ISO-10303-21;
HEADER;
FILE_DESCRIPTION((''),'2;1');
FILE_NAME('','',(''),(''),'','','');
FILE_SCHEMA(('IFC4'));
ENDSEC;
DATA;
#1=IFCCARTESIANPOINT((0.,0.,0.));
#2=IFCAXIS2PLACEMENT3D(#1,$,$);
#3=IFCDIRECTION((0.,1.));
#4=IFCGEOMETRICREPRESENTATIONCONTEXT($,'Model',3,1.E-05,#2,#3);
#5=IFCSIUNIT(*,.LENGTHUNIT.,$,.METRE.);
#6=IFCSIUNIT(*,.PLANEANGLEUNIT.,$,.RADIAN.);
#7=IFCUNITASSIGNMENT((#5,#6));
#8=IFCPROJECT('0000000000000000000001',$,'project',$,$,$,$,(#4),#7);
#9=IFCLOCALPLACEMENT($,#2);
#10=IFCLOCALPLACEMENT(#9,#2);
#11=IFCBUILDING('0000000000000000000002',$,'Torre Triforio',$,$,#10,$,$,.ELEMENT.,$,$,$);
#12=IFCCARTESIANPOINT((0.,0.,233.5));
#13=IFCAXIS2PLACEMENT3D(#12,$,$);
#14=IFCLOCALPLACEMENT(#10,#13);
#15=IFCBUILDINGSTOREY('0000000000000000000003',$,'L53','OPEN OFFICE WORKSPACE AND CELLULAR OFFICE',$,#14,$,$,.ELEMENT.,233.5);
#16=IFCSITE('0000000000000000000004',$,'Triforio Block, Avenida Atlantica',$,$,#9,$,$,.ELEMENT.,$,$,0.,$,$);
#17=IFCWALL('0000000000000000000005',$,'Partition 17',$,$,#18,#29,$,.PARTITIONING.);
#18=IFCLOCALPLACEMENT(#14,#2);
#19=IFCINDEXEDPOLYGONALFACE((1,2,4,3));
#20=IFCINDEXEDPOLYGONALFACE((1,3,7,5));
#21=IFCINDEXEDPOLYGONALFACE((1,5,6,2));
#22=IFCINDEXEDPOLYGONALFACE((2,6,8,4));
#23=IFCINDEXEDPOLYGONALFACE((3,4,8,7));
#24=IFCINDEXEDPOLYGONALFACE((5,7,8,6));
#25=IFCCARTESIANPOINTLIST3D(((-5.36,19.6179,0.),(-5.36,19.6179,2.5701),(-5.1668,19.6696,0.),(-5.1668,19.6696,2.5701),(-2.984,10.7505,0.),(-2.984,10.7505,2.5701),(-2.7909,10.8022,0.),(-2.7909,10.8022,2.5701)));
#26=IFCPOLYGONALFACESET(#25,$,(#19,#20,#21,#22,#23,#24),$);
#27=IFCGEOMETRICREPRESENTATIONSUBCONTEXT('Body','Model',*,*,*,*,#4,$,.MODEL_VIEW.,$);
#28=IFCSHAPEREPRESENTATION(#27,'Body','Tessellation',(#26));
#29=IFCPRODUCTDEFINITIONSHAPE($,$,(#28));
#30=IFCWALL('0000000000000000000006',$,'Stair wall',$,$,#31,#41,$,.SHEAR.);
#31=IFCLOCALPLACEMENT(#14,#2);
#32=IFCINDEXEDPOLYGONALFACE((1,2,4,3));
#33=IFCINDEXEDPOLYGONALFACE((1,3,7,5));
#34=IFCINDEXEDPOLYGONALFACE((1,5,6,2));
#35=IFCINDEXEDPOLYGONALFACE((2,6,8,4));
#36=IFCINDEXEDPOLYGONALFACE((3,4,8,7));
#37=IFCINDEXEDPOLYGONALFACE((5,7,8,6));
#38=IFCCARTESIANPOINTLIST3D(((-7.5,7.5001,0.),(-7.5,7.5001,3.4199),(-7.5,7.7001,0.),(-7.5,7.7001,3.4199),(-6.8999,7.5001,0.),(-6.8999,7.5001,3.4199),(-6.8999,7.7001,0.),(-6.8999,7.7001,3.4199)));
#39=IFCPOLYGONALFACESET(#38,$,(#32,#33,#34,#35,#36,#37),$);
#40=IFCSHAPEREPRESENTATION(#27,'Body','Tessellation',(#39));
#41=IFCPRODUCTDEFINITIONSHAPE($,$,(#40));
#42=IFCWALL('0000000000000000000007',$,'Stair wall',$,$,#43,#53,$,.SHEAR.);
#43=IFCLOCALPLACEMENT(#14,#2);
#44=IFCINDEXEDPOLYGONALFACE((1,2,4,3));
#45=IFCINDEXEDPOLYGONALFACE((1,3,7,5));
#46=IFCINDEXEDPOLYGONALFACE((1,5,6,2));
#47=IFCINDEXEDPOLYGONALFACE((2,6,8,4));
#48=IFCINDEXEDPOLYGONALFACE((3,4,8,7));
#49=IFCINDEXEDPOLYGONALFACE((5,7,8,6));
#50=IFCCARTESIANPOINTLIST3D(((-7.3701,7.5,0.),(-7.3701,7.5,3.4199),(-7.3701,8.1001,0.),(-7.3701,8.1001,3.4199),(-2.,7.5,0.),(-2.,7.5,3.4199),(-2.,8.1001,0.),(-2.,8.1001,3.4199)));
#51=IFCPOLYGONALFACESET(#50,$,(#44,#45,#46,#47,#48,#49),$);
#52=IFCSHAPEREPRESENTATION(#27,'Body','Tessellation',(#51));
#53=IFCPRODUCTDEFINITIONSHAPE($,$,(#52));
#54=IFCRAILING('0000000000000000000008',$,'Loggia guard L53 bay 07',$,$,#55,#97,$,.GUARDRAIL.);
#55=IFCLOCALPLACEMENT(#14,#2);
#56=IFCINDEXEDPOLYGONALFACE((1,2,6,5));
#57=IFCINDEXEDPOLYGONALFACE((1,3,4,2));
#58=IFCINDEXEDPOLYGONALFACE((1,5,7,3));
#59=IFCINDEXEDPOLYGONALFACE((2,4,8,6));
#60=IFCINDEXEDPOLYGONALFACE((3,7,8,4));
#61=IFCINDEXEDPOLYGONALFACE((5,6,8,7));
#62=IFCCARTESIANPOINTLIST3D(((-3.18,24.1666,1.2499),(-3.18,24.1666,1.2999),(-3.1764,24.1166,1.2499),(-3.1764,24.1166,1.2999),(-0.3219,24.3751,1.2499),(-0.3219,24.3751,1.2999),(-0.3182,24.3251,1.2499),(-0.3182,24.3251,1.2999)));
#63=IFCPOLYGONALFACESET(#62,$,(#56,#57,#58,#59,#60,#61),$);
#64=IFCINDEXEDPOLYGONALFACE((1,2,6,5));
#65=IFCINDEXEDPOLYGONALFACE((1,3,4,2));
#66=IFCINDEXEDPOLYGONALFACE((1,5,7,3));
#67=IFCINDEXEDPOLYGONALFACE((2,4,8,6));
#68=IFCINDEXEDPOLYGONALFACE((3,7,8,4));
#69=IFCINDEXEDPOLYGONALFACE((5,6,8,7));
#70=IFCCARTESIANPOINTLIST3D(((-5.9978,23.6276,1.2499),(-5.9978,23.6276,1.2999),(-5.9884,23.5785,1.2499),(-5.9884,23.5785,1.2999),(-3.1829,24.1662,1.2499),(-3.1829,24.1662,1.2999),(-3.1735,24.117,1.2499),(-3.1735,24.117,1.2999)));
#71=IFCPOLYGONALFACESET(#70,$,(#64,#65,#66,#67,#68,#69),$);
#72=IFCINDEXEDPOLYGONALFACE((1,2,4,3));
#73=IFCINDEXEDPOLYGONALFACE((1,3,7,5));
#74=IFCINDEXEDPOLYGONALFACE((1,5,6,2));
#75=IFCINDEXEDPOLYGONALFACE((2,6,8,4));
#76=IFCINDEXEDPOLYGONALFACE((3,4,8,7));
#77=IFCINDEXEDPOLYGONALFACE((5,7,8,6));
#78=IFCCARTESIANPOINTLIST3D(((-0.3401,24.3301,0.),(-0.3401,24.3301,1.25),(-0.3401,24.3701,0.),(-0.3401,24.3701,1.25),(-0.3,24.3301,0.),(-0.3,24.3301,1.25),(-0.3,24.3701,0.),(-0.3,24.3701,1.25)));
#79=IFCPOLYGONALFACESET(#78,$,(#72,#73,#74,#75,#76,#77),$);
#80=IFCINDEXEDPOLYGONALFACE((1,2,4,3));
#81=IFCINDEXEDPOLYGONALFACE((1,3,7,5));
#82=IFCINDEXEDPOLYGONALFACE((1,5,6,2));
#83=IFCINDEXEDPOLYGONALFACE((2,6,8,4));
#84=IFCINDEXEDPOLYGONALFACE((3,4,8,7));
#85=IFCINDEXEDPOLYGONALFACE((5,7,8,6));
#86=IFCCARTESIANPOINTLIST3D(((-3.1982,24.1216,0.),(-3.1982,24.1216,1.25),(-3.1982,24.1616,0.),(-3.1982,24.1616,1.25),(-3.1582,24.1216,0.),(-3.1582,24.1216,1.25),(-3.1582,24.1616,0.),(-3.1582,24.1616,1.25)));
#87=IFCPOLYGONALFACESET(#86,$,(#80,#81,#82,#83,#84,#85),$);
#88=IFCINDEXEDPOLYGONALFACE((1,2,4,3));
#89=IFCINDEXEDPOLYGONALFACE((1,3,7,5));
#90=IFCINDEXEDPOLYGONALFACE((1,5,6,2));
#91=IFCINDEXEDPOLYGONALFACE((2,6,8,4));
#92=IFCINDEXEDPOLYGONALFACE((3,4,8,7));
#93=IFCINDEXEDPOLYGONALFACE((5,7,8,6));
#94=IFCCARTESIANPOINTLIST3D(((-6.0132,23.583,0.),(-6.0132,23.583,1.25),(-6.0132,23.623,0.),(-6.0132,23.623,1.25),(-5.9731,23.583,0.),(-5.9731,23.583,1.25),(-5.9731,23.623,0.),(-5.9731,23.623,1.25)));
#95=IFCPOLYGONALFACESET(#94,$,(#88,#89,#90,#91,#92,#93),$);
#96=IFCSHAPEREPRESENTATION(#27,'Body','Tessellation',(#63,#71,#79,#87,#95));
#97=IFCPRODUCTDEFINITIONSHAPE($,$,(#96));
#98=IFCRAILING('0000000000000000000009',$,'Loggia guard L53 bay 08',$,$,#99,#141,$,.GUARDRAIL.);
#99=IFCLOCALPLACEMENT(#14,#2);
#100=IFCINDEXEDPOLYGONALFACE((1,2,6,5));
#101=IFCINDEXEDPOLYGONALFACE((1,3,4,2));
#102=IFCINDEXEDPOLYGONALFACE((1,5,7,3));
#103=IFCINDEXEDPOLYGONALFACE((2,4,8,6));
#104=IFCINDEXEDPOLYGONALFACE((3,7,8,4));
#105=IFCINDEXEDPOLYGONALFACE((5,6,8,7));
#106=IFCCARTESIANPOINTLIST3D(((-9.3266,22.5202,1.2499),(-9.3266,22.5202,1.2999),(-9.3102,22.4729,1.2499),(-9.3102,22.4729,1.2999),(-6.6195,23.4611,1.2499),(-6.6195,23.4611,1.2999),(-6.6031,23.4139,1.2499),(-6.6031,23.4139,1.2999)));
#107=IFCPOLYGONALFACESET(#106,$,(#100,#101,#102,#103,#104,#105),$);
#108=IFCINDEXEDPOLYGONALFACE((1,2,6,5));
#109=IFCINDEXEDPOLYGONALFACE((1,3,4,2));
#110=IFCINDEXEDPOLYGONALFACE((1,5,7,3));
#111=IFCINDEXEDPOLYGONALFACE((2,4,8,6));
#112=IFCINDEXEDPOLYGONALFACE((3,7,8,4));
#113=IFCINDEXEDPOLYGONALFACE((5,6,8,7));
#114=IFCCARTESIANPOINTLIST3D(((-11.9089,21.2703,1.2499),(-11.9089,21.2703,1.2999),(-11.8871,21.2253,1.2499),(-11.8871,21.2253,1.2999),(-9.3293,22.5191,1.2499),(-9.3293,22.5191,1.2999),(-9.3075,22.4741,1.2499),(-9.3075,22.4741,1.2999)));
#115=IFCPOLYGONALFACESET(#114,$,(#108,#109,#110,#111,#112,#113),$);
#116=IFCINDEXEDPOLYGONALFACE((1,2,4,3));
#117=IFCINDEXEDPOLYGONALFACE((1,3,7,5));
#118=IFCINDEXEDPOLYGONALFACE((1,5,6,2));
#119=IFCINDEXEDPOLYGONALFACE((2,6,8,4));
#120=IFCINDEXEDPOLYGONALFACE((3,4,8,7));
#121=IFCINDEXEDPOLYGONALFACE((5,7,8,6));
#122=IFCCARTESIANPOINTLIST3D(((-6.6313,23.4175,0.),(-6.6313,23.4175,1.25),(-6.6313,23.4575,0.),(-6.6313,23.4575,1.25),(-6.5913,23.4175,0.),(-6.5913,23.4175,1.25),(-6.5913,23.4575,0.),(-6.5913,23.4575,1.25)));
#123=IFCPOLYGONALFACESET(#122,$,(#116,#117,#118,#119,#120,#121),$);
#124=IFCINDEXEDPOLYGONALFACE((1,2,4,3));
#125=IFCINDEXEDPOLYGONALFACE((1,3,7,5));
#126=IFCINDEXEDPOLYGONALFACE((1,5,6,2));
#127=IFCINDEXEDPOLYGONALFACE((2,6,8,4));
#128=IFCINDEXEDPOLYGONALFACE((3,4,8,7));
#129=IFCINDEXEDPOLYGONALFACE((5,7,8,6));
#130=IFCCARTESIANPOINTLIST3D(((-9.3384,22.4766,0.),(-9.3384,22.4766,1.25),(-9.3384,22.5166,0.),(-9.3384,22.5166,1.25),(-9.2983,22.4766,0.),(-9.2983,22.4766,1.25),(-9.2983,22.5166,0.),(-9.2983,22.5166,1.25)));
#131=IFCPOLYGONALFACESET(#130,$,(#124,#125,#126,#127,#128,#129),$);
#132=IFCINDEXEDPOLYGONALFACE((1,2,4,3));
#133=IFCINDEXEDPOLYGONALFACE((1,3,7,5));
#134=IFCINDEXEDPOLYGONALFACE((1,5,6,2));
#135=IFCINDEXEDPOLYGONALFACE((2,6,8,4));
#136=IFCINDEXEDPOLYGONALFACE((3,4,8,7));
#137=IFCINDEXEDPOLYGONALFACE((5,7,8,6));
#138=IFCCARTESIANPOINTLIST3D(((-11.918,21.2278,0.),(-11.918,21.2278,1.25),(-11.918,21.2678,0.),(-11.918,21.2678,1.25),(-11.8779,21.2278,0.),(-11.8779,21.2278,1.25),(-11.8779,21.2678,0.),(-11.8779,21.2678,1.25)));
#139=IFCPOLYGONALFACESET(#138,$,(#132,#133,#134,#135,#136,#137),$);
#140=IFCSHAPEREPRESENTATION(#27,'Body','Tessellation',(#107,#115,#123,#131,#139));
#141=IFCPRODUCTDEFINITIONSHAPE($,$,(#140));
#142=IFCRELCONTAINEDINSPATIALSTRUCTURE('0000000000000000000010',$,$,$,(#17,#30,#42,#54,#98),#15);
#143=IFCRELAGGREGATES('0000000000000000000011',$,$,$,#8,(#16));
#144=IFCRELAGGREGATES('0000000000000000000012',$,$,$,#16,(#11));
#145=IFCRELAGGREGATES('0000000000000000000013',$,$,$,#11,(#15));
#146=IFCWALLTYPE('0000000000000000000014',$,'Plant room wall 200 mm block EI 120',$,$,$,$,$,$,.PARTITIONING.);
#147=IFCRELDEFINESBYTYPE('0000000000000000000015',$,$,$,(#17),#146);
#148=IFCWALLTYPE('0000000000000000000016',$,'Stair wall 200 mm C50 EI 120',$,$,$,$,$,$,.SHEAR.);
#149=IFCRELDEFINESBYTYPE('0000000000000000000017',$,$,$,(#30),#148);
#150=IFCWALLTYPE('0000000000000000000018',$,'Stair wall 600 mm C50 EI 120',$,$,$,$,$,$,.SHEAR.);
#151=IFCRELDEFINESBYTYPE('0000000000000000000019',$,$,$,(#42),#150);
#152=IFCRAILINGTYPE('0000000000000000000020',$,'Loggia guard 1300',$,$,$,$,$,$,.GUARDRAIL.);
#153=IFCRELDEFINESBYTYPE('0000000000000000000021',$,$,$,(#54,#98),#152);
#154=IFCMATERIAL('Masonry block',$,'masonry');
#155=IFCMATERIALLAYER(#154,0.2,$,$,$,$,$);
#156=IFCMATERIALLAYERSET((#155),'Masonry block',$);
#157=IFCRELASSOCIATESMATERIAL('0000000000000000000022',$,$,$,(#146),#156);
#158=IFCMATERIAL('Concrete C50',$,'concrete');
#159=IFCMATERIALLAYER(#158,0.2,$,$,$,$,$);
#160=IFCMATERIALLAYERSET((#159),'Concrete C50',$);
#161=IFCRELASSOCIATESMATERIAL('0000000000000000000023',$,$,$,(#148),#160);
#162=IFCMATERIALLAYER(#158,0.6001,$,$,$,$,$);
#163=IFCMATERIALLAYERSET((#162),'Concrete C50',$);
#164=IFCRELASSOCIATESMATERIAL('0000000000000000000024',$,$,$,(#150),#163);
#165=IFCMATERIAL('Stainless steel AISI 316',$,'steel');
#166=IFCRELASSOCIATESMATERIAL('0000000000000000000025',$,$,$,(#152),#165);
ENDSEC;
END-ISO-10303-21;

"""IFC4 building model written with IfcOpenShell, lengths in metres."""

from ifc_helpers import new_model, si_unit, direction, frame, frame_2d, origin, origin_2d, place, context, subcontext, project, spatial, rectangle, extrude, material, layer, layer_set, type_object, element, save


model = new_model("IFC4")

# Units and contexts
model_context = context("Model", 3, precision=1e-05, world=origin(), true_north=direction((0.0, 1.0)))
body_context = subcontext(model_context, "Body", "Model", "MODEL_VIEW")
ifc_project = project(units=[si_unit("LENGTHUNIT", "METRE"), si_unit("PLANEANGLEUNIT", "RADIAN")], contexts=[model_context])

# Site, building, storey
site_placement = place(None, origin())
site = spatial("IfcSite", under=ifc_project, at=site_placement, Name="Triforio Block, Avenida Atlantica", CompositionType="ELEMENT", RefElevation=0.0)
building_placement = place(site_placement, origin())
building = spatial("IfcBuilding", under=site, at=building_placement, Name="Torre Triforio", CompositionType="ELEMENT")
storey_placement = place(building_placement, frame((0.0, 0.0, 233.5)))
storey = spatial("IfcBuildingStorey", under=building, at=storey_placement, Name="L53", Description="OPEN OFFICE WORKSPACE AND CELLULAR OFFICE", CompositionType="ELEMENT", Elevation=233.5)

# Shared definitions
ifc_material_1 = material(Name="Concrete C50", Category="concrete")

# Shared definitions
ifc_material_2 = material(Name="Masonry block", Category="masonry")
ifc_layer_1 = layer(ifc_material_2, 0.2)
ifc_layer_set_1 = layer_set([ifc_layer_1], Name="Masonry block")
wall_type_1 = type_object("IfcWallType", Name="Plant room wall 200 mm block EI 120", PredefinedType="PARTITIONING", material=ifc_layer_set_1)

# Walls
wall_1_placement = place(storey_placement, frame((-2.8875, 10.7764, 0.0), z_axis=(0.0, 0.0, 1.0), x_axis=(-0.258815, 0.965927, 0.0)))
element("IfcWall", 1, at=wall_1_placement, inside=storey, type_object=wall_type_1, Name="Partition 17", PredefinedType="PARTITIONING", context=body_context, shape_type="SweptSolid", body=[
    extrude(rectangle(XDim=9.1802, YDim=0.2, at=frame_2d((4.5901, 0.0))), origin(), (0.0, 0.0, 1.0), 2.5701),
])
ifc_layer_2 = layer(ifc_material_1, 0.2)
ifc_layer_set_2 = layer_set([ifc_layer_2], Name="Concrete C50")
wall_type_2 = type_object("IfcWallType", Name="Stair wall 200 mm C50 EI 120", PredefinedType="SHEAR", material=ifc_layer_set_2)
wall_2_placement = place(storey_placement, frame((-7.5, 7.6001, 0.0), z_axis=(0.0, 0.0, 1.0), x_axis=(1.0, 0.0, 0.0)))
element("IfcWall", 2, at=wall_2_placement, inside=storey, type_object=wall_type_2, Name="Stair wall", PredefinedType="SHEAR", context=body_context, shape_type="SweptSolid", body=[
    extrude(rectangle(XDim=0.6001, YDim=0.2, at=frame_2d((0.3, 0.0))), origin(), (0.0, 0.0, 1.0), 3.4199),
])
ifc_layer_3 = layer(ifc_material_1, 0.6001)
ifc_layer_set_3 = layer_set([ifc_layer_3], Name="Concrete C50")
wall_type_3 = type_object("IfcWallType", Name="Stair wall 600 mm C50 EI 120", PredefinedType="SHEAR", material=ifc_layer_set_3)
wall_3_placement = place(storey_placement, frame((-7.3701, 7.8, 0.0), z_axis=(0.0, 0.0, 1.0), x_axis=(1.0, 0.0, 0.0)))
element("IfcWall", 3, at=wall_3_placement, inside=storey, type_object=wall_type_3, Name="Stair wall", PredefinedType="SHEAR", context=body_context, shape_type="SweptSolid", body=[
    extrude(rectangle(XDim=5.3701, YDim=0.6001, at=frame_2d((2.6851, 0.0))), origin(), (0.0, 0.0, 1.0), 3.4199),
])

# Railings
ifc_material_3 = material(Name="Stainless steel AISI 316", Category="steel")
railing_type = type_object("IfcRailingType", Name="Loggia guard 1300", PredefinedType="GUARDRAIL", material=ifc_material_3)
railing_1_placement = place(storey_placement, frame((-0.3201, 24.3501, 0.0)))
element("IfcRailing", 4, at=railing_1_placement, inside=storey, type_object=railing_type, Name="Loggia guard L53 bay 07", PredefinedType="GUARDRAIL", context=body_context, shape_type="SweptSolid", body=[
    extrude(rectangle(XDim=0.05, YDim=0.05, at=origin_2d()), frame((0.0, 0.0, 1.2749), z_axis=(-0.99735, -0.072754, 0.0), x_axis=(0.072754, -0.99735, 0.0)), (0.0, 0.0, 1.0), 2.8657),
    extrude(rectangle(XDim=0.05, YDim=0.05, at=origin_2d()), frame((-2.8582, -0.2085, 1.2749), z_axis=(-0.982185, -0.187918, 0.0), x_axis=(0.187918, -0.982185, 0.0)), (0.0, 0.0, 1.0), 2.866),
    extrude(rectangle(XDim=0.04, YDim=0.04, at=origin_2d()), origin(), (0.0, 0.0, 1.0), 1.25),
    extrude(rectangle(XDim=0.04, YDim=0.04, at=origin_2d()), frame((-2.8582, -0.2085, 0.0)), (0.0, 0.0, 1.0), 1.25),
    extrude(rectangle(XDim=0.04, YDim=0.04, at=origin_2d()), frame((-5.6731, -0.7471, 0.0)), (0.0, 0.0, 1.0), 1.25),
])
railing_2_placement = place(storey_placement, frame((-6.6113, 23.4375, 0.0)))
element("IfcRailing", 5, at=railing_2_placement, inside=storey, type_object=railing_type, Name="Loggia guard L53 bay 08", PredefinedType="GUARDRAIL", context=body_context, shape_type="SweptSolid", body=[
    extrude(rectangle(XDim=0.05, YDim=0.05, at=origin_2d()), frame((0.0, 0.0, 1.2749), z_axis=(-0.944568, -0.328316, 0.0), x_axis=(0.328316, -0.944568, 0.0)), (0.0, 0.0, 1.0), 2.866),
    extrude(rectangle(XDim=0.05, YDim=0.05, at=origin_2d()), frame((-2.707, -0.9409, 1.2749), z_axis=(-0.900078, -0.435728, 0.0), x_axis=(0.435728, -0.900078, 0.0)), (0.0, 0.0, 1.0), 2.866),
    extrude(rectangle(XDim=0.04, YDim=0.04, at=origin_2d()), origin(), (0.0, 0.0, 1.0), 1.25),
    extrude(rectangle(XDim=0.04, YDim=0.04, at=origin_2d()), frame((-2.707, -0.9409, 0.0)), (0.0, 0.0, 1.0), 1.25),
    extrude(rectangle(XDim=0.04, YDim=0.04, at=origin_2d()), frame((-5.2866, -2.1897, 0.0)), (0.0, 0.0, 1.0), 1.25),
])

save(model, "model.ifc")
